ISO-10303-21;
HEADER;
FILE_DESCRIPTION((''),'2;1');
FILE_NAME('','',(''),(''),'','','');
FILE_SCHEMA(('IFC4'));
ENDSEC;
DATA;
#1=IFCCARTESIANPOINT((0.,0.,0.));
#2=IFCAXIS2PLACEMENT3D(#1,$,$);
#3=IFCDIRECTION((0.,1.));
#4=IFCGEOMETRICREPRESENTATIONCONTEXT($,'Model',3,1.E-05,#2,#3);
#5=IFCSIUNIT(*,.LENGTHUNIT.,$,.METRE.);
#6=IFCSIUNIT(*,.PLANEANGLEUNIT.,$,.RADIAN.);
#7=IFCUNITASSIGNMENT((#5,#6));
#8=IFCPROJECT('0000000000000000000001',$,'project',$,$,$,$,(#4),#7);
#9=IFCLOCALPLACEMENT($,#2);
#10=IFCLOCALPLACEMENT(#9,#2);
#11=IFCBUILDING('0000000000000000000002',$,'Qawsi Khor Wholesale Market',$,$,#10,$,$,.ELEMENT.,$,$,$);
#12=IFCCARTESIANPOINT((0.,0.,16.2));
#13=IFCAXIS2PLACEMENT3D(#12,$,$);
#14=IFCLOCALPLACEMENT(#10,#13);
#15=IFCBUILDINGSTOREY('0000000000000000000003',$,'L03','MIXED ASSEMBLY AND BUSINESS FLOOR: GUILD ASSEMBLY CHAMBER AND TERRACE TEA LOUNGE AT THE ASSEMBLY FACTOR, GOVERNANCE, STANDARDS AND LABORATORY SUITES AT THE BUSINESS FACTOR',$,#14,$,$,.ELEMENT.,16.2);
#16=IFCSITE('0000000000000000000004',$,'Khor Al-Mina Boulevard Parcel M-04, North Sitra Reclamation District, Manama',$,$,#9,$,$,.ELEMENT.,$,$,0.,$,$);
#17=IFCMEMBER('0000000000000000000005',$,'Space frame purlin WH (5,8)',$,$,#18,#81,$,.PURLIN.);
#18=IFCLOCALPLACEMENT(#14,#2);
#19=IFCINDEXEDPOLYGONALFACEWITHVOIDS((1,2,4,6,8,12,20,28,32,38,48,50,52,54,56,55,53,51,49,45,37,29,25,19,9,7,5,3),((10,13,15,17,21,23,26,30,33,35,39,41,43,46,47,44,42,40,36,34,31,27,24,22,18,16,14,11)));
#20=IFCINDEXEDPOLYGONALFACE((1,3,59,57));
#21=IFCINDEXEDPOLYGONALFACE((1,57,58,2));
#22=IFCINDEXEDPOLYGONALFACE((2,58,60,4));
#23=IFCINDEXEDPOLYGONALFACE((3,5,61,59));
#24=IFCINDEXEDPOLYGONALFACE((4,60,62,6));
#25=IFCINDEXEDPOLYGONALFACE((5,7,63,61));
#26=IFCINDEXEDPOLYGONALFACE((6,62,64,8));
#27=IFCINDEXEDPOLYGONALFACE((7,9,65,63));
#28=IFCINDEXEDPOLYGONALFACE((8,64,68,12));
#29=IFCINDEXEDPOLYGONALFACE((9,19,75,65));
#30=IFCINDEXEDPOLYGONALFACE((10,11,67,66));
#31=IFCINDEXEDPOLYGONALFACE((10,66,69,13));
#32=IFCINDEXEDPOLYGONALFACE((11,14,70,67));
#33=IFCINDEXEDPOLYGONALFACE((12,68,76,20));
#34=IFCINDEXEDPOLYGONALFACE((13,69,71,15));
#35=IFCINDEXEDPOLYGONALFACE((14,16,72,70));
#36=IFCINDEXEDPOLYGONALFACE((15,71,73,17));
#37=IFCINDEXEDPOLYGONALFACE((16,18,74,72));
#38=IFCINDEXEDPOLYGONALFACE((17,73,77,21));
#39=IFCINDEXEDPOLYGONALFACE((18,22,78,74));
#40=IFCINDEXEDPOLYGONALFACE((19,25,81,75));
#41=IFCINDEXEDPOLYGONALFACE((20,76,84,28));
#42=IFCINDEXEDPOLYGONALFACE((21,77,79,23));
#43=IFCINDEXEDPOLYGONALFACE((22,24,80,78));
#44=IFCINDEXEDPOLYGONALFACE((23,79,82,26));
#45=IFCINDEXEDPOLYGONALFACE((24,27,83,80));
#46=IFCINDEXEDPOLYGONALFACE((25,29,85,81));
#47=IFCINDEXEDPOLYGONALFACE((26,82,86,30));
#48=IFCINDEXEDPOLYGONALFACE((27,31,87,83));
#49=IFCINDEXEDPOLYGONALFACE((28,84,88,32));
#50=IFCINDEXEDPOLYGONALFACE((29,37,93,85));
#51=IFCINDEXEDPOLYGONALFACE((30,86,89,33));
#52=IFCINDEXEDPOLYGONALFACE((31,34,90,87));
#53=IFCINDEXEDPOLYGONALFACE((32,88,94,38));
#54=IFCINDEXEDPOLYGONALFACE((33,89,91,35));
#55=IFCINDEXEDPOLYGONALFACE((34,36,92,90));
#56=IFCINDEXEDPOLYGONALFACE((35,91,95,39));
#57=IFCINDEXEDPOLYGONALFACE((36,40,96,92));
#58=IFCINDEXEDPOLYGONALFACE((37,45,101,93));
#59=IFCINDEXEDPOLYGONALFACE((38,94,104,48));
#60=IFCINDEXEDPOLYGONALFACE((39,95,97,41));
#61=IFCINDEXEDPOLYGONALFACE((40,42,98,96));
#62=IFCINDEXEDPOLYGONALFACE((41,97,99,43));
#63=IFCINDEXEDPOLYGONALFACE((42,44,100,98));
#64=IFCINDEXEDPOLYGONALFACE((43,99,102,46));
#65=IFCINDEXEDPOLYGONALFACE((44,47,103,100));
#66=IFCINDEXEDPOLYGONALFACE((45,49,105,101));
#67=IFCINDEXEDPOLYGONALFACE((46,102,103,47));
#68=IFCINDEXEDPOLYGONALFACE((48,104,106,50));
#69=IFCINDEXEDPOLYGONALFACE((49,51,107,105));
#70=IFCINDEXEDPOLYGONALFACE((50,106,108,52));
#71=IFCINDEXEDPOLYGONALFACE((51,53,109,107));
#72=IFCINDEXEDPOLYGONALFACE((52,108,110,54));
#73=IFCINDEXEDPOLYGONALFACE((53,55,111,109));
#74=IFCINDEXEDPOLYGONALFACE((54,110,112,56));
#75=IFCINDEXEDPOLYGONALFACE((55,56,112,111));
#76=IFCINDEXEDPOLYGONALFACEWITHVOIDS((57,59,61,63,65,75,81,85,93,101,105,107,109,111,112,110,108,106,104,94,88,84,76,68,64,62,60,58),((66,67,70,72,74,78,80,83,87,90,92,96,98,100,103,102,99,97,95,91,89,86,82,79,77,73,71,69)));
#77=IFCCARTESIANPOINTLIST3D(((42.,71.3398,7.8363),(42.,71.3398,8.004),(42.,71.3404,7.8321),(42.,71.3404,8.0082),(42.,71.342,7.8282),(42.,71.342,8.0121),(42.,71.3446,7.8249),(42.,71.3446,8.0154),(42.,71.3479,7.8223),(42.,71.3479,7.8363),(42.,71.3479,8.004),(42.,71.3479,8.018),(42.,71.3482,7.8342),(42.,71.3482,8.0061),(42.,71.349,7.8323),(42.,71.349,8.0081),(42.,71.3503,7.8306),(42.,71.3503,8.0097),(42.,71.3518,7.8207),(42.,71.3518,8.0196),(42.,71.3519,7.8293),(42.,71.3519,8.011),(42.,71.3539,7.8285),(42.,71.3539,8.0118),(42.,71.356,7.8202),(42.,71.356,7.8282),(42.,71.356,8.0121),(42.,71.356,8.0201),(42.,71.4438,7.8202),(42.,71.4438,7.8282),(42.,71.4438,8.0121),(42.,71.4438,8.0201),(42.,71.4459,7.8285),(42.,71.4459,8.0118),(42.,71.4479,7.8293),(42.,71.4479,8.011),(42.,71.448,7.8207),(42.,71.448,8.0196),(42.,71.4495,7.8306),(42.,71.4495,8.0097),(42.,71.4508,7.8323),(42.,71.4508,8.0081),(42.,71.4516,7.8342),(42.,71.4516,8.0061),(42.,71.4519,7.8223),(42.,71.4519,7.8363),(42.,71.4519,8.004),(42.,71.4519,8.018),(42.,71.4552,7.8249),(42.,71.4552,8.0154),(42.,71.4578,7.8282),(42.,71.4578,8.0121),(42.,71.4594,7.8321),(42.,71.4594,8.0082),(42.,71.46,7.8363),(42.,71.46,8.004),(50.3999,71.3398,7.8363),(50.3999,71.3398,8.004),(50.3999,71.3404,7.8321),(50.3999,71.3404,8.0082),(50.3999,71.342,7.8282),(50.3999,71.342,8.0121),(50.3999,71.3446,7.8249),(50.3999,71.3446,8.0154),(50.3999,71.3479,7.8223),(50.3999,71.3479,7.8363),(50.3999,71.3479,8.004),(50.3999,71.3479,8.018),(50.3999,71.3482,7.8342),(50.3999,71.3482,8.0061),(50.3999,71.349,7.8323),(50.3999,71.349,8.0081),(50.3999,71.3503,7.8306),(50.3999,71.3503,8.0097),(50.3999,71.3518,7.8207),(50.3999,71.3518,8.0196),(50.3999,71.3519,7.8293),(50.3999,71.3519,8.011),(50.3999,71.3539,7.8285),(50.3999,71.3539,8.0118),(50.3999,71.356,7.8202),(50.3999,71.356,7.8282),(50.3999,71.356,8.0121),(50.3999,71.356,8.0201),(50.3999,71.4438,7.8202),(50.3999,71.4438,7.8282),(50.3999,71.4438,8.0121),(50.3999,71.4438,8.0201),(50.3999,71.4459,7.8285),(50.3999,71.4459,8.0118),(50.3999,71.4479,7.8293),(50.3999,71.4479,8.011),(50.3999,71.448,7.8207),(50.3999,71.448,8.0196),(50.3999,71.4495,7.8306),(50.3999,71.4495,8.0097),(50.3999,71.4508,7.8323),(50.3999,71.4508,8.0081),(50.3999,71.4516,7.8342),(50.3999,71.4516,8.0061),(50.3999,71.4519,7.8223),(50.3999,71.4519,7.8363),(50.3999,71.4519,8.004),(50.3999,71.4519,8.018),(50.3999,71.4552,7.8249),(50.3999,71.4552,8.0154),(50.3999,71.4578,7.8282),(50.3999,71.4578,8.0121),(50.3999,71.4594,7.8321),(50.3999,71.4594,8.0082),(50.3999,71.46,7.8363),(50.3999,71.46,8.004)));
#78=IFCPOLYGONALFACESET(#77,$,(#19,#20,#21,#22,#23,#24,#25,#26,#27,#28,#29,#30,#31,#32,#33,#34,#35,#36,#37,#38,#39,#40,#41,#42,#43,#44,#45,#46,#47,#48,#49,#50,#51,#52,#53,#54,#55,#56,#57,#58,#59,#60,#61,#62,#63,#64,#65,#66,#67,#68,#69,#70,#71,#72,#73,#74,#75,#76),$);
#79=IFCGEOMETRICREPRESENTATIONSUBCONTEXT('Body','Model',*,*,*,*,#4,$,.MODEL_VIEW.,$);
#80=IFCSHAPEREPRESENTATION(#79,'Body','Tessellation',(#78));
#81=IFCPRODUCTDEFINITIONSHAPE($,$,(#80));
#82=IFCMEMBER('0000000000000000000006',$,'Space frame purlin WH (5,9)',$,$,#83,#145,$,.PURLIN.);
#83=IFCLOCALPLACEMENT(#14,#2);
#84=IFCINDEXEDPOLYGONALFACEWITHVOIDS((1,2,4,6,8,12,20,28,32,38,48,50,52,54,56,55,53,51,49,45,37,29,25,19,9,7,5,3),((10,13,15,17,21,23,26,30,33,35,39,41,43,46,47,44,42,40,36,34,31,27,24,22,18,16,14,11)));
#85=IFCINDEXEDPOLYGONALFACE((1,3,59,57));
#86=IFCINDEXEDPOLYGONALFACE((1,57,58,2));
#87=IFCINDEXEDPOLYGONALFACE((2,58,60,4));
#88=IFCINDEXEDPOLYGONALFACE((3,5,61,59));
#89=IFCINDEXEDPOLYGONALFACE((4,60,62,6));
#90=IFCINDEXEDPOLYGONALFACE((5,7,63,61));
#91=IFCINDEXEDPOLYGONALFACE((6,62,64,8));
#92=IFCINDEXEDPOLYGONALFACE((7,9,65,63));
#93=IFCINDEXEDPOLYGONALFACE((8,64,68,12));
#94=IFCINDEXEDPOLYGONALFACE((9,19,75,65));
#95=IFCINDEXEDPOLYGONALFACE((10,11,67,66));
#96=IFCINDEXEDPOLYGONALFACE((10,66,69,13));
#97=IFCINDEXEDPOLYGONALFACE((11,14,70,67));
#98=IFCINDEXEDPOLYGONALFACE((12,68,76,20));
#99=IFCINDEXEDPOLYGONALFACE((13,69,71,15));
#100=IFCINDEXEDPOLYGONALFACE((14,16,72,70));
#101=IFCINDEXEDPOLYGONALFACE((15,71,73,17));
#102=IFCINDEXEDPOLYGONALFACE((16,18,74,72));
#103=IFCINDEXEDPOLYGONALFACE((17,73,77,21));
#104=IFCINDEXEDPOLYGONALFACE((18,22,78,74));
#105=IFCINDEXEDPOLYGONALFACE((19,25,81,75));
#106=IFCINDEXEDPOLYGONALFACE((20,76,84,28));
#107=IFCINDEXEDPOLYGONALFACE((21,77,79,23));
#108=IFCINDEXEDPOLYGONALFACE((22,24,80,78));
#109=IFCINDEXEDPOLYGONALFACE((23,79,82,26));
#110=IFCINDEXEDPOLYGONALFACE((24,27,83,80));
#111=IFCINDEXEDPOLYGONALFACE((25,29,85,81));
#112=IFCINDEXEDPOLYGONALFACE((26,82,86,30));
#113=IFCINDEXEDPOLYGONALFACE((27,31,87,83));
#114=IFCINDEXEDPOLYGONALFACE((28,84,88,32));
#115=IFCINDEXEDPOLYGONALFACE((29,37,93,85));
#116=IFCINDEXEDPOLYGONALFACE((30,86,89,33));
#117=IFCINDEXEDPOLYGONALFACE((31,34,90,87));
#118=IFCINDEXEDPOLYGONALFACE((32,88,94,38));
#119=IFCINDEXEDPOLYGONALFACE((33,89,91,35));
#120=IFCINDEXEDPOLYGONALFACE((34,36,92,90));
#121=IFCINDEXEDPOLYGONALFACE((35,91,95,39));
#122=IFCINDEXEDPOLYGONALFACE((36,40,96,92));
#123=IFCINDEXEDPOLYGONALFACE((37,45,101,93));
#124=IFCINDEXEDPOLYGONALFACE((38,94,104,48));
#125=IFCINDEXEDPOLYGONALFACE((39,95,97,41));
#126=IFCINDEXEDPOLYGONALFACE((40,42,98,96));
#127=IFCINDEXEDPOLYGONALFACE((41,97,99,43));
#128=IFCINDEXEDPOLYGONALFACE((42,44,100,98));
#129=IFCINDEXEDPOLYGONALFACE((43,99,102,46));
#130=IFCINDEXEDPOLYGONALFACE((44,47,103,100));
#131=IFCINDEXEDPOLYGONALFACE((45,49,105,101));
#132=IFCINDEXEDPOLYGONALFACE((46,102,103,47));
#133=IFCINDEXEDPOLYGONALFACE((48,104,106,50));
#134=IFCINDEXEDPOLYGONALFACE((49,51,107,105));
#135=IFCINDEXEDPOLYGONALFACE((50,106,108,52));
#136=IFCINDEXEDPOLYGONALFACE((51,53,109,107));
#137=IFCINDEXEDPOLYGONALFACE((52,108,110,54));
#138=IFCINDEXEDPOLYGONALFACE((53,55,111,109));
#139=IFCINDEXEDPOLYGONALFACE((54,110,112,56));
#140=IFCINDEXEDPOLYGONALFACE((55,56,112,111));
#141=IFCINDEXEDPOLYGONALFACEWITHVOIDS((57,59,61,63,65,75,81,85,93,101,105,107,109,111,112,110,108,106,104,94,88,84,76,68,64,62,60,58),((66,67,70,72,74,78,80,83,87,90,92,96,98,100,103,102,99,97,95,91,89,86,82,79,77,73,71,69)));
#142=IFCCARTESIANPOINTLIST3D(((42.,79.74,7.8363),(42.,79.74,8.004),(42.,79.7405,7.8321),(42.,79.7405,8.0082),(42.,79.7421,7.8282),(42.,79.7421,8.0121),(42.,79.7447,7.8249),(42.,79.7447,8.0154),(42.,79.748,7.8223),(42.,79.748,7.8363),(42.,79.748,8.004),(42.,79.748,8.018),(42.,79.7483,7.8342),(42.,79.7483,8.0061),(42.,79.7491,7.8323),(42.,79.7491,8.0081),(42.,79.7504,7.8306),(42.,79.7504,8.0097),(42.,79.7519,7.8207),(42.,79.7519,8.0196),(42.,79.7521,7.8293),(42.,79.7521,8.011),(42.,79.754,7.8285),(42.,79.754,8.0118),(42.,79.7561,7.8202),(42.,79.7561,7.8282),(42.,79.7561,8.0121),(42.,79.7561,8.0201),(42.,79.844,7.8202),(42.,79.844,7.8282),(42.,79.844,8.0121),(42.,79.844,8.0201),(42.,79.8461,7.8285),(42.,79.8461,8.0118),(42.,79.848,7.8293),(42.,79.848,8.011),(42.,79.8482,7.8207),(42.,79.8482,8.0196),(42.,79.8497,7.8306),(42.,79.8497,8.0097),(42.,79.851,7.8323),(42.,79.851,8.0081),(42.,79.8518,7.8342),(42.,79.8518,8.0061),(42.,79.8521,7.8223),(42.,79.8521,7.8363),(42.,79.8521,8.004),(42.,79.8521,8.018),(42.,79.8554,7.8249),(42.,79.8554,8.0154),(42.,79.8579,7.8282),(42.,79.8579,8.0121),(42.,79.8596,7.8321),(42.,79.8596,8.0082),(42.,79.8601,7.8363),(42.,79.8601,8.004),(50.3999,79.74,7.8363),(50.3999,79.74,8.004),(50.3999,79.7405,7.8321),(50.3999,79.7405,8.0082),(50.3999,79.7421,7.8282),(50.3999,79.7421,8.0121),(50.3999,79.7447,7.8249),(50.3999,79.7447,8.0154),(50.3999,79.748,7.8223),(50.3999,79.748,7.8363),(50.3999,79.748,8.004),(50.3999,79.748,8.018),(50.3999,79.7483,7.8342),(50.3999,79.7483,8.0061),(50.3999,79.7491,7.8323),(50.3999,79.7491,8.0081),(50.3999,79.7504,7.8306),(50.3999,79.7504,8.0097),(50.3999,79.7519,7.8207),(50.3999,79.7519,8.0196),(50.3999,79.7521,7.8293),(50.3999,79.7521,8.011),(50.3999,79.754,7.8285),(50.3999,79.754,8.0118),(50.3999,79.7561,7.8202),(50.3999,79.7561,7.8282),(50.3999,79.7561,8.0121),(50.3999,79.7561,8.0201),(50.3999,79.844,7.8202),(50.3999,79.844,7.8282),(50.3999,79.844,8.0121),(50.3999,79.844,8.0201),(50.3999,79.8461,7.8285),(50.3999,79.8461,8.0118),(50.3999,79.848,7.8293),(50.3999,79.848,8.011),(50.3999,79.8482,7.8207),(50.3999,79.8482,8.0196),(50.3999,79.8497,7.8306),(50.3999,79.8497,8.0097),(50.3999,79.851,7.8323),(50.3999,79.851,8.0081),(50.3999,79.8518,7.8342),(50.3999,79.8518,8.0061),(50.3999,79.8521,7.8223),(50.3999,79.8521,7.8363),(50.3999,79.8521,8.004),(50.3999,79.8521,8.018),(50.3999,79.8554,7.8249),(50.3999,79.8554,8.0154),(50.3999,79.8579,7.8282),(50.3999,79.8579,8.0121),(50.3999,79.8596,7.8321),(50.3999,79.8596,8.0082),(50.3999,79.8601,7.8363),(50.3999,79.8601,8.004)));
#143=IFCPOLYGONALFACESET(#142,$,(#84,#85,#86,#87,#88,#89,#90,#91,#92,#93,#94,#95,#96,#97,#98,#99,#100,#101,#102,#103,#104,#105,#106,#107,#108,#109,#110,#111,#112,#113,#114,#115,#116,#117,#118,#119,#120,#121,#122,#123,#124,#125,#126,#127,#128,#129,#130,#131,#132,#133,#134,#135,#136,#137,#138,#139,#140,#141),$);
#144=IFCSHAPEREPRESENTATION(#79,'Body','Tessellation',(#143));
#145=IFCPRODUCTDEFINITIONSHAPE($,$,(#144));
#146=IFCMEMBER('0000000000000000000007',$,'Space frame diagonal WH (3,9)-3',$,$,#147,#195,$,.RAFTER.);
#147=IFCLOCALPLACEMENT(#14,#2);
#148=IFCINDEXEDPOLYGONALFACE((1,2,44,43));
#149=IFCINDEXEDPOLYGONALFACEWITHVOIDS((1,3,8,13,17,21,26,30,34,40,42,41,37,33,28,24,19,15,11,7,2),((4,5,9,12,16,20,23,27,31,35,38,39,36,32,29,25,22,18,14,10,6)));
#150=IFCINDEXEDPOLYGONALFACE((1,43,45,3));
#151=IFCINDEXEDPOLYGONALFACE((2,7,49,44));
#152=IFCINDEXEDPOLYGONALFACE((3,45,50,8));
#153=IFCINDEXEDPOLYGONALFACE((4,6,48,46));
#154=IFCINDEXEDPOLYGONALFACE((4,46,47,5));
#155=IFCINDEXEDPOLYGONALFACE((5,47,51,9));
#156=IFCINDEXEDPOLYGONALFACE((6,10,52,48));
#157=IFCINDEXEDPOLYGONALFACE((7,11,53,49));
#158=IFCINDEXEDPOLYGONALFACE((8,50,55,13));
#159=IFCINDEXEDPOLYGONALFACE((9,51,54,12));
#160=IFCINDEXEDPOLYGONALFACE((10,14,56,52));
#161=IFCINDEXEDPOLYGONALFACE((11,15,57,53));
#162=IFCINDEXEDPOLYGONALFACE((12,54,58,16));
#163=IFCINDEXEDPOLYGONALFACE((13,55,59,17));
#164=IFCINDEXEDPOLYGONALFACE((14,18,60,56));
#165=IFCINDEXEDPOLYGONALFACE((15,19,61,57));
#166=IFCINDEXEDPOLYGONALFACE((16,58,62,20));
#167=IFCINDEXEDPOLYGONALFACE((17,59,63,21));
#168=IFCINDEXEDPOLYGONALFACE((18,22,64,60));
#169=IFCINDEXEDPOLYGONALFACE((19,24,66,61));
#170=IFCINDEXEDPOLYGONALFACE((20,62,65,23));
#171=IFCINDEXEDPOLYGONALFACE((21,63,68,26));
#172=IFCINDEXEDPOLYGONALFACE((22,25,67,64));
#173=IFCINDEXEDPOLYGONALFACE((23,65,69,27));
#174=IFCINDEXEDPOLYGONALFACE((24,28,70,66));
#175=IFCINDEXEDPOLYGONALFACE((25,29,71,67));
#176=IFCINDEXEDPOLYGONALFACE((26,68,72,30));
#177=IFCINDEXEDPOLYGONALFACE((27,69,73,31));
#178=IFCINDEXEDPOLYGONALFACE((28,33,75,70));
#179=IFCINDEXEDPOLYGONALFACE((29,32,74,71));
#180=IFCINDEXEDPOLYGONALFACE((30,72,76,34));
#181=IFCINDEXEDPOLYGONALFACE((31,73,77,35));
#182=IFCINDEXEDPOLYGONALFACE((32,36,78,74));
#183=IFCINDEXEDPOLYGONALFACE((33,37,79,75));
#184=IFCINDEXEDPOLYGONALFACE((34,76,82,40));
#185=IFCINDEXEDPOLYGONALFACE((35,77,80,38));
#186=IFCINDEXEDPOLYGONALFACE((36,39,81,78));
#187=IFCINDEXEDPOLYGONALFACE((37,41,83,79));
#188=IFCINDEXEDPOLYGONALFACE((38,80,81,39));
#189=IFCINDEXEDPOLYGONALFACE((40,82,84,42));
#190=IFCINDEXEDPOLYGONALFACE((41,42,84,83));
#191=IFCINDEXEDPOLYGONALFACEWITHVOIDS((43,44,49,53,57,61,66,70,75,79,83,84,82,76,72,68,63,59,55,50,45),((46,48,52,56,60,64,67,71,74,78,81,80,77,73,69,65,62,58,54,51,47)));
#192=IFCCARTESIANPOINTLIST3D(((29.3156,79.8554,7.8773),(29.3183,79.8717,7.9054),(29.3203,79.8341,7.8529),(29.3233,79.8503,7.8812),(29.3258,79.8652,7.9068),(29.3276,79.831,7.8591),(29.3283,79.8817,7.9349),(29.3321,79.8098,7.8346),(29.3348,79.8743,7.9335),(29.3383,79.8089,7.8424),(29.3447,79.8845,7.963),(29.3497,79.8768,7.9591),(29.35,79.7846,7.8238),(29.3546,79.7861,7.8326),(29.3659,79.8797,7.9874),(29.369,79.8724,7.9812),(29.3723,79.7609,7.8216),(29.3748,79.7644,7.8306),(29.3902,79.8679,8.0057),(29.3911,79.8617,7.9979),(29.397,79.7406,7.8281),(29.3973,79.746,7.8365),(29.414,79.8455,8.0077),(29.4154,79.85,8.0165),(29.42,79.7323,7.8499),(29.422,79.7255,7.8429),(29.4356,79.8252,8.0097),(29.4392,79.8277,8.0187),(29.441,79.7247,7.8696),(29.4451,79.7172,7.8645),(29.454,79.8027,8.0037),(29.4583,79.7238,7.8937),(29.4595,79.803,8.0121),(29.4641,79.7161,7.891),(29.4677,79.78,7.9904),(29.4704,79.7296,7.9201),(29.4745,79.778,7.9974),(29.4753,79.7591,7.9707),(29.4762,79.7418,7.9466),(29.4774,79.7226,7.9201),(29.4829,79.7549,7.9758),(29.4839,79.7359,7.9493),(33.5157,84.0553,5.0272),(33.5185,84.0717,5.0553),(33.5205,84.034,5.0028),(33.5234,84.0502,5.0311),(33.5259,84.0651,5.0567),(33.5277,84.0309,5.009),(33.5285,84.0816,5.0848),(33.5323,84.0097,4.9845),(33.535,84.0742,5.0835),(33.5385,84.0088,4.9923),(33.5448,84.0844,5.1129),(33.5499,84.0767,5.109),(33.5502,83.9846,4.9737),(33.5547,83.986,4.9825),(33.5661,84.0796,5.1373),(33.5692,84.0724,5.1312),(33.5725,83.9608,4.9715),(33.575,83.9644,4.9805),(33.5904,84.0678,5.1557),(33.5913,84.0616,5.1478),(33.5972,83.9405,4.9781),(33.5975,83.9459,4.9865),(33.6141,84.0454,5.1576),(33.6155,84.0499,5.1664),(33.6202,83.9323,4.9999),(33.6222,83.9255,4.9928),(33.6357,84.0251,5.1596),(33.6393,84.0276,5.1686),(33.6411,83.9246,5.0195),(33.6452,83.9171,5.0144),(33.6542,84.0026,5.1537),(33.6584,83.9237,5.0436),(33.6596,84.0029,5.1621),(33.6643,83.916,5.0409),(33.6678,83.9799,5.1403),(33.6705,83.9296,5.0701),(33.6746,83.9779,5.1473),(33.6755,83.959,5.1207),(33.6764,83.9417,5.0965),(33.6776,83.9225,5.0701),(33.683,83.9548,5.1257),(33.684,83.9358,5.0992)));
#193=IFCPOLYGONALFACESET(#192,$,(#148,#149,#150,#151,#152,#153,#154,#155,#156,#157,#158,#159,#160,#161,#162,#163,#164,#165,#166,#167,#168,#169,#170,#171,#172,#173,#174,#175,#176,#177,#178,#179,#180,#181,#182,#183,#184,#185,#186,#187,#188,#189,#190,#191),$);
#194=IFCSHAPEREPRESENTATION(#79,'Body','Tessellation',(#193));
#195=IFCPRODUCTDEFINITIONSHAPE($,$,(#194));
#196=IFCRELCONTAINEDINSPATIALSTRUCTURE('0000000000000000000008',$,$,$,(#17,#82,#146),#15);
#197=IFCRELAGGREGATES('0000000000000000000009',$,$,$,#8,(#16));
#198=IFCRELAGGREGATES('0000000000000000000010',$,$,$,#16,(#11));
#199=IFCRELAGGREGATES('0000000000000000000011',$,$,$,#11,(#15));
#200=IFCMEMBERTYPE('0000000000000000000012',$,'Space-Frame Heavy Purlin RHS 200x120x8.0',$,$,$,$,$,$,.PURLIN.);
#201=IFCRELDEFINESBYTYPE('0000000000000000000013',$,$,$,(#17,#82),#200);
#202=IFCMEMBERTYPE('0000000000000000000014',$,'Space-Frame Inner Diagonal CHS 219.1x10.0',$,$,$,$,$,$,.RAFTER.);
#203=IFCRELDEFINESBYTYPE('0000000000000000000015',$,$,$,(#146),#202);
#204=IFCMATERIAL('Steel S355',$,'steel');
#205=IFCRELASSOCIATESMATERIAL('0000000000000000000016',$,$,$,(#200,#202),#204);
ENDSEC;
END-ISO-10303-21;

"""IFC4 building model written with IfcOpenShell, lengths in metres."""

from ifc_helpers import new_model, si_unit, direction, frame, origin, origin_2d, place, context, subcontext, project, spatial, hollow_rectangle, hollow_circle, extrude, material, material_profile, profile_set, type_object, element, save


model = new_model("IFC4")

# Units and contexts
model_context = context("Model", 3, precision=1e-05, world=origin(), true_north=direction((0.0, 1.0)))
body_context = subcontext(model_context, "Body", "Model", "MODEL_VIEW")
ifc_project = project(units=[si_unit("LENGTHUNIT", "METRE"), si_unit("PLANEANGLEUNIT", "RADIAN")], contexts=[model_context])

# Site, building, storey
site_placement = place(None, origin())
site = spatial("IfcSite", under=ifc_project, at=site_placement, Name="Khor Al-Mina Boulevard Parcel M-04, North Sitra Reclamation District, Manama", CompositionType="ELEMENT", RefElevation=0.0)
building_placement = place(site_placement, origin())
building = spatial("IfcBuilding", under=site, at=building_placement, Name="Qawsi Khor Wholesale Market", CompositionType="ELEMENT")
storey_placement = place(building_placement, frame((0.0, 0.0, 16.2)))
storey = spatial("IfcBuildingStorey", under=building, at=storey_placement, Name="L03", Description="MIXED ASSEMBLY AND BUSINESS FLOOR: GUILD ASSEMBLY CHAMBER AND TERRACE TEA LOUNGE AT THE ASSEMBLY FACTOR, GOVERNANCE, STANDARDS AND LABORATORY SUITES AT THE BUSINESS FACTOR", CompositionType="ELEMENT", Elevation=16.2)

# Members
ifc_material_1 = material(Name="Steel S355", Category="steel")
ifc_material_profile_1 = material_profile(ifc_material_1, hollow_rectangle(XDim=0.1201, YDim=0.2, WallThickness=0.0081, InnerFilletRadius=0.0081, OuterFilletRadius=0.0161, at=origin_2d()), Name="RHS 200x120x8.0")
ifc_profile_set_1 = profile_set([ifc_material_profile_1], Name="Steel S355")
member_type_1 = type_object("IfcMemberType", Name="Space-Frame Heavy Purlin RHS 200x120x8.0", PredefinedType="PURLIN", material=ifc_profile_set_1)
for number, where, z_axis, x_axis, name in (
    (1, (42.0, 71.3999, 7.9202), (1.0, 0.0, 0.0), (0.0, 1.0, 0.0), "Space frame purlin WH (5,8)"),
    (2, (42.0, 79.8, 7.9202), (1.0, 0.0, 0.0), (0.0, 1.0, 0.0), "Space frame purlin WH (5,9)"),
):
    element("IfcMember", number, at=place(storey_placement, frame(where, z_axis=z_axis, x_axis=x_axis)), inside=storey, type_object=member_type_1, Name=name, PredefinedType="PURLIN", context=body_context, shape_type="SweptSolid", body=[
        extrude(hollow_rectangle(XDim=0.1201, YDim=0.2, WallThickness=0.0081, InnerFilletRadius=0.0081, OuterFilletRadius=0.0161, at=origin_2d()), origin(), (0.0, 0.0, 1.0), 8.3999),
    ])
ifc_material_profile_2 = material_profile(ifc_material_1, hollow_circle(Radius=0.1096, WallThickness=0.01, at=origin_2d()), Name="CHS 219.1x10.0")
ifc_profile_set_2 = profile_set([ifc_material_profile_2], Name="Steel S355")
member_type_2 = type_object("IfcMemberType", Name="Space-Frame Inner Diagonal CHS 219.1x10.0", PredefinedType="RAFTER", material=ifc_profile_set_2)
member_1_placement = place(storey_placement, frame((33.6001, 84.0, 5.0701), z_axis=(-0.637534, -0.637497, 0.432607), x_axis=(0.707086, -0.707127, 0.0)))
element("IfcMember", 3, at=member_1_placement, inside=storey, type_object=member_type_2, Name="Space frame diagonal WH (3,9)-3", PredefinedType="RAFTER", context=body_context, shape_type="SweptSolid", body=[
    extrude(hollow_circle(Radius=0.1096, WallThickness=0.01, at=origin_2d()), origin(), (0.0, 0.0, 1.0), 6.5881),
])

save(model, "model.ifc")
